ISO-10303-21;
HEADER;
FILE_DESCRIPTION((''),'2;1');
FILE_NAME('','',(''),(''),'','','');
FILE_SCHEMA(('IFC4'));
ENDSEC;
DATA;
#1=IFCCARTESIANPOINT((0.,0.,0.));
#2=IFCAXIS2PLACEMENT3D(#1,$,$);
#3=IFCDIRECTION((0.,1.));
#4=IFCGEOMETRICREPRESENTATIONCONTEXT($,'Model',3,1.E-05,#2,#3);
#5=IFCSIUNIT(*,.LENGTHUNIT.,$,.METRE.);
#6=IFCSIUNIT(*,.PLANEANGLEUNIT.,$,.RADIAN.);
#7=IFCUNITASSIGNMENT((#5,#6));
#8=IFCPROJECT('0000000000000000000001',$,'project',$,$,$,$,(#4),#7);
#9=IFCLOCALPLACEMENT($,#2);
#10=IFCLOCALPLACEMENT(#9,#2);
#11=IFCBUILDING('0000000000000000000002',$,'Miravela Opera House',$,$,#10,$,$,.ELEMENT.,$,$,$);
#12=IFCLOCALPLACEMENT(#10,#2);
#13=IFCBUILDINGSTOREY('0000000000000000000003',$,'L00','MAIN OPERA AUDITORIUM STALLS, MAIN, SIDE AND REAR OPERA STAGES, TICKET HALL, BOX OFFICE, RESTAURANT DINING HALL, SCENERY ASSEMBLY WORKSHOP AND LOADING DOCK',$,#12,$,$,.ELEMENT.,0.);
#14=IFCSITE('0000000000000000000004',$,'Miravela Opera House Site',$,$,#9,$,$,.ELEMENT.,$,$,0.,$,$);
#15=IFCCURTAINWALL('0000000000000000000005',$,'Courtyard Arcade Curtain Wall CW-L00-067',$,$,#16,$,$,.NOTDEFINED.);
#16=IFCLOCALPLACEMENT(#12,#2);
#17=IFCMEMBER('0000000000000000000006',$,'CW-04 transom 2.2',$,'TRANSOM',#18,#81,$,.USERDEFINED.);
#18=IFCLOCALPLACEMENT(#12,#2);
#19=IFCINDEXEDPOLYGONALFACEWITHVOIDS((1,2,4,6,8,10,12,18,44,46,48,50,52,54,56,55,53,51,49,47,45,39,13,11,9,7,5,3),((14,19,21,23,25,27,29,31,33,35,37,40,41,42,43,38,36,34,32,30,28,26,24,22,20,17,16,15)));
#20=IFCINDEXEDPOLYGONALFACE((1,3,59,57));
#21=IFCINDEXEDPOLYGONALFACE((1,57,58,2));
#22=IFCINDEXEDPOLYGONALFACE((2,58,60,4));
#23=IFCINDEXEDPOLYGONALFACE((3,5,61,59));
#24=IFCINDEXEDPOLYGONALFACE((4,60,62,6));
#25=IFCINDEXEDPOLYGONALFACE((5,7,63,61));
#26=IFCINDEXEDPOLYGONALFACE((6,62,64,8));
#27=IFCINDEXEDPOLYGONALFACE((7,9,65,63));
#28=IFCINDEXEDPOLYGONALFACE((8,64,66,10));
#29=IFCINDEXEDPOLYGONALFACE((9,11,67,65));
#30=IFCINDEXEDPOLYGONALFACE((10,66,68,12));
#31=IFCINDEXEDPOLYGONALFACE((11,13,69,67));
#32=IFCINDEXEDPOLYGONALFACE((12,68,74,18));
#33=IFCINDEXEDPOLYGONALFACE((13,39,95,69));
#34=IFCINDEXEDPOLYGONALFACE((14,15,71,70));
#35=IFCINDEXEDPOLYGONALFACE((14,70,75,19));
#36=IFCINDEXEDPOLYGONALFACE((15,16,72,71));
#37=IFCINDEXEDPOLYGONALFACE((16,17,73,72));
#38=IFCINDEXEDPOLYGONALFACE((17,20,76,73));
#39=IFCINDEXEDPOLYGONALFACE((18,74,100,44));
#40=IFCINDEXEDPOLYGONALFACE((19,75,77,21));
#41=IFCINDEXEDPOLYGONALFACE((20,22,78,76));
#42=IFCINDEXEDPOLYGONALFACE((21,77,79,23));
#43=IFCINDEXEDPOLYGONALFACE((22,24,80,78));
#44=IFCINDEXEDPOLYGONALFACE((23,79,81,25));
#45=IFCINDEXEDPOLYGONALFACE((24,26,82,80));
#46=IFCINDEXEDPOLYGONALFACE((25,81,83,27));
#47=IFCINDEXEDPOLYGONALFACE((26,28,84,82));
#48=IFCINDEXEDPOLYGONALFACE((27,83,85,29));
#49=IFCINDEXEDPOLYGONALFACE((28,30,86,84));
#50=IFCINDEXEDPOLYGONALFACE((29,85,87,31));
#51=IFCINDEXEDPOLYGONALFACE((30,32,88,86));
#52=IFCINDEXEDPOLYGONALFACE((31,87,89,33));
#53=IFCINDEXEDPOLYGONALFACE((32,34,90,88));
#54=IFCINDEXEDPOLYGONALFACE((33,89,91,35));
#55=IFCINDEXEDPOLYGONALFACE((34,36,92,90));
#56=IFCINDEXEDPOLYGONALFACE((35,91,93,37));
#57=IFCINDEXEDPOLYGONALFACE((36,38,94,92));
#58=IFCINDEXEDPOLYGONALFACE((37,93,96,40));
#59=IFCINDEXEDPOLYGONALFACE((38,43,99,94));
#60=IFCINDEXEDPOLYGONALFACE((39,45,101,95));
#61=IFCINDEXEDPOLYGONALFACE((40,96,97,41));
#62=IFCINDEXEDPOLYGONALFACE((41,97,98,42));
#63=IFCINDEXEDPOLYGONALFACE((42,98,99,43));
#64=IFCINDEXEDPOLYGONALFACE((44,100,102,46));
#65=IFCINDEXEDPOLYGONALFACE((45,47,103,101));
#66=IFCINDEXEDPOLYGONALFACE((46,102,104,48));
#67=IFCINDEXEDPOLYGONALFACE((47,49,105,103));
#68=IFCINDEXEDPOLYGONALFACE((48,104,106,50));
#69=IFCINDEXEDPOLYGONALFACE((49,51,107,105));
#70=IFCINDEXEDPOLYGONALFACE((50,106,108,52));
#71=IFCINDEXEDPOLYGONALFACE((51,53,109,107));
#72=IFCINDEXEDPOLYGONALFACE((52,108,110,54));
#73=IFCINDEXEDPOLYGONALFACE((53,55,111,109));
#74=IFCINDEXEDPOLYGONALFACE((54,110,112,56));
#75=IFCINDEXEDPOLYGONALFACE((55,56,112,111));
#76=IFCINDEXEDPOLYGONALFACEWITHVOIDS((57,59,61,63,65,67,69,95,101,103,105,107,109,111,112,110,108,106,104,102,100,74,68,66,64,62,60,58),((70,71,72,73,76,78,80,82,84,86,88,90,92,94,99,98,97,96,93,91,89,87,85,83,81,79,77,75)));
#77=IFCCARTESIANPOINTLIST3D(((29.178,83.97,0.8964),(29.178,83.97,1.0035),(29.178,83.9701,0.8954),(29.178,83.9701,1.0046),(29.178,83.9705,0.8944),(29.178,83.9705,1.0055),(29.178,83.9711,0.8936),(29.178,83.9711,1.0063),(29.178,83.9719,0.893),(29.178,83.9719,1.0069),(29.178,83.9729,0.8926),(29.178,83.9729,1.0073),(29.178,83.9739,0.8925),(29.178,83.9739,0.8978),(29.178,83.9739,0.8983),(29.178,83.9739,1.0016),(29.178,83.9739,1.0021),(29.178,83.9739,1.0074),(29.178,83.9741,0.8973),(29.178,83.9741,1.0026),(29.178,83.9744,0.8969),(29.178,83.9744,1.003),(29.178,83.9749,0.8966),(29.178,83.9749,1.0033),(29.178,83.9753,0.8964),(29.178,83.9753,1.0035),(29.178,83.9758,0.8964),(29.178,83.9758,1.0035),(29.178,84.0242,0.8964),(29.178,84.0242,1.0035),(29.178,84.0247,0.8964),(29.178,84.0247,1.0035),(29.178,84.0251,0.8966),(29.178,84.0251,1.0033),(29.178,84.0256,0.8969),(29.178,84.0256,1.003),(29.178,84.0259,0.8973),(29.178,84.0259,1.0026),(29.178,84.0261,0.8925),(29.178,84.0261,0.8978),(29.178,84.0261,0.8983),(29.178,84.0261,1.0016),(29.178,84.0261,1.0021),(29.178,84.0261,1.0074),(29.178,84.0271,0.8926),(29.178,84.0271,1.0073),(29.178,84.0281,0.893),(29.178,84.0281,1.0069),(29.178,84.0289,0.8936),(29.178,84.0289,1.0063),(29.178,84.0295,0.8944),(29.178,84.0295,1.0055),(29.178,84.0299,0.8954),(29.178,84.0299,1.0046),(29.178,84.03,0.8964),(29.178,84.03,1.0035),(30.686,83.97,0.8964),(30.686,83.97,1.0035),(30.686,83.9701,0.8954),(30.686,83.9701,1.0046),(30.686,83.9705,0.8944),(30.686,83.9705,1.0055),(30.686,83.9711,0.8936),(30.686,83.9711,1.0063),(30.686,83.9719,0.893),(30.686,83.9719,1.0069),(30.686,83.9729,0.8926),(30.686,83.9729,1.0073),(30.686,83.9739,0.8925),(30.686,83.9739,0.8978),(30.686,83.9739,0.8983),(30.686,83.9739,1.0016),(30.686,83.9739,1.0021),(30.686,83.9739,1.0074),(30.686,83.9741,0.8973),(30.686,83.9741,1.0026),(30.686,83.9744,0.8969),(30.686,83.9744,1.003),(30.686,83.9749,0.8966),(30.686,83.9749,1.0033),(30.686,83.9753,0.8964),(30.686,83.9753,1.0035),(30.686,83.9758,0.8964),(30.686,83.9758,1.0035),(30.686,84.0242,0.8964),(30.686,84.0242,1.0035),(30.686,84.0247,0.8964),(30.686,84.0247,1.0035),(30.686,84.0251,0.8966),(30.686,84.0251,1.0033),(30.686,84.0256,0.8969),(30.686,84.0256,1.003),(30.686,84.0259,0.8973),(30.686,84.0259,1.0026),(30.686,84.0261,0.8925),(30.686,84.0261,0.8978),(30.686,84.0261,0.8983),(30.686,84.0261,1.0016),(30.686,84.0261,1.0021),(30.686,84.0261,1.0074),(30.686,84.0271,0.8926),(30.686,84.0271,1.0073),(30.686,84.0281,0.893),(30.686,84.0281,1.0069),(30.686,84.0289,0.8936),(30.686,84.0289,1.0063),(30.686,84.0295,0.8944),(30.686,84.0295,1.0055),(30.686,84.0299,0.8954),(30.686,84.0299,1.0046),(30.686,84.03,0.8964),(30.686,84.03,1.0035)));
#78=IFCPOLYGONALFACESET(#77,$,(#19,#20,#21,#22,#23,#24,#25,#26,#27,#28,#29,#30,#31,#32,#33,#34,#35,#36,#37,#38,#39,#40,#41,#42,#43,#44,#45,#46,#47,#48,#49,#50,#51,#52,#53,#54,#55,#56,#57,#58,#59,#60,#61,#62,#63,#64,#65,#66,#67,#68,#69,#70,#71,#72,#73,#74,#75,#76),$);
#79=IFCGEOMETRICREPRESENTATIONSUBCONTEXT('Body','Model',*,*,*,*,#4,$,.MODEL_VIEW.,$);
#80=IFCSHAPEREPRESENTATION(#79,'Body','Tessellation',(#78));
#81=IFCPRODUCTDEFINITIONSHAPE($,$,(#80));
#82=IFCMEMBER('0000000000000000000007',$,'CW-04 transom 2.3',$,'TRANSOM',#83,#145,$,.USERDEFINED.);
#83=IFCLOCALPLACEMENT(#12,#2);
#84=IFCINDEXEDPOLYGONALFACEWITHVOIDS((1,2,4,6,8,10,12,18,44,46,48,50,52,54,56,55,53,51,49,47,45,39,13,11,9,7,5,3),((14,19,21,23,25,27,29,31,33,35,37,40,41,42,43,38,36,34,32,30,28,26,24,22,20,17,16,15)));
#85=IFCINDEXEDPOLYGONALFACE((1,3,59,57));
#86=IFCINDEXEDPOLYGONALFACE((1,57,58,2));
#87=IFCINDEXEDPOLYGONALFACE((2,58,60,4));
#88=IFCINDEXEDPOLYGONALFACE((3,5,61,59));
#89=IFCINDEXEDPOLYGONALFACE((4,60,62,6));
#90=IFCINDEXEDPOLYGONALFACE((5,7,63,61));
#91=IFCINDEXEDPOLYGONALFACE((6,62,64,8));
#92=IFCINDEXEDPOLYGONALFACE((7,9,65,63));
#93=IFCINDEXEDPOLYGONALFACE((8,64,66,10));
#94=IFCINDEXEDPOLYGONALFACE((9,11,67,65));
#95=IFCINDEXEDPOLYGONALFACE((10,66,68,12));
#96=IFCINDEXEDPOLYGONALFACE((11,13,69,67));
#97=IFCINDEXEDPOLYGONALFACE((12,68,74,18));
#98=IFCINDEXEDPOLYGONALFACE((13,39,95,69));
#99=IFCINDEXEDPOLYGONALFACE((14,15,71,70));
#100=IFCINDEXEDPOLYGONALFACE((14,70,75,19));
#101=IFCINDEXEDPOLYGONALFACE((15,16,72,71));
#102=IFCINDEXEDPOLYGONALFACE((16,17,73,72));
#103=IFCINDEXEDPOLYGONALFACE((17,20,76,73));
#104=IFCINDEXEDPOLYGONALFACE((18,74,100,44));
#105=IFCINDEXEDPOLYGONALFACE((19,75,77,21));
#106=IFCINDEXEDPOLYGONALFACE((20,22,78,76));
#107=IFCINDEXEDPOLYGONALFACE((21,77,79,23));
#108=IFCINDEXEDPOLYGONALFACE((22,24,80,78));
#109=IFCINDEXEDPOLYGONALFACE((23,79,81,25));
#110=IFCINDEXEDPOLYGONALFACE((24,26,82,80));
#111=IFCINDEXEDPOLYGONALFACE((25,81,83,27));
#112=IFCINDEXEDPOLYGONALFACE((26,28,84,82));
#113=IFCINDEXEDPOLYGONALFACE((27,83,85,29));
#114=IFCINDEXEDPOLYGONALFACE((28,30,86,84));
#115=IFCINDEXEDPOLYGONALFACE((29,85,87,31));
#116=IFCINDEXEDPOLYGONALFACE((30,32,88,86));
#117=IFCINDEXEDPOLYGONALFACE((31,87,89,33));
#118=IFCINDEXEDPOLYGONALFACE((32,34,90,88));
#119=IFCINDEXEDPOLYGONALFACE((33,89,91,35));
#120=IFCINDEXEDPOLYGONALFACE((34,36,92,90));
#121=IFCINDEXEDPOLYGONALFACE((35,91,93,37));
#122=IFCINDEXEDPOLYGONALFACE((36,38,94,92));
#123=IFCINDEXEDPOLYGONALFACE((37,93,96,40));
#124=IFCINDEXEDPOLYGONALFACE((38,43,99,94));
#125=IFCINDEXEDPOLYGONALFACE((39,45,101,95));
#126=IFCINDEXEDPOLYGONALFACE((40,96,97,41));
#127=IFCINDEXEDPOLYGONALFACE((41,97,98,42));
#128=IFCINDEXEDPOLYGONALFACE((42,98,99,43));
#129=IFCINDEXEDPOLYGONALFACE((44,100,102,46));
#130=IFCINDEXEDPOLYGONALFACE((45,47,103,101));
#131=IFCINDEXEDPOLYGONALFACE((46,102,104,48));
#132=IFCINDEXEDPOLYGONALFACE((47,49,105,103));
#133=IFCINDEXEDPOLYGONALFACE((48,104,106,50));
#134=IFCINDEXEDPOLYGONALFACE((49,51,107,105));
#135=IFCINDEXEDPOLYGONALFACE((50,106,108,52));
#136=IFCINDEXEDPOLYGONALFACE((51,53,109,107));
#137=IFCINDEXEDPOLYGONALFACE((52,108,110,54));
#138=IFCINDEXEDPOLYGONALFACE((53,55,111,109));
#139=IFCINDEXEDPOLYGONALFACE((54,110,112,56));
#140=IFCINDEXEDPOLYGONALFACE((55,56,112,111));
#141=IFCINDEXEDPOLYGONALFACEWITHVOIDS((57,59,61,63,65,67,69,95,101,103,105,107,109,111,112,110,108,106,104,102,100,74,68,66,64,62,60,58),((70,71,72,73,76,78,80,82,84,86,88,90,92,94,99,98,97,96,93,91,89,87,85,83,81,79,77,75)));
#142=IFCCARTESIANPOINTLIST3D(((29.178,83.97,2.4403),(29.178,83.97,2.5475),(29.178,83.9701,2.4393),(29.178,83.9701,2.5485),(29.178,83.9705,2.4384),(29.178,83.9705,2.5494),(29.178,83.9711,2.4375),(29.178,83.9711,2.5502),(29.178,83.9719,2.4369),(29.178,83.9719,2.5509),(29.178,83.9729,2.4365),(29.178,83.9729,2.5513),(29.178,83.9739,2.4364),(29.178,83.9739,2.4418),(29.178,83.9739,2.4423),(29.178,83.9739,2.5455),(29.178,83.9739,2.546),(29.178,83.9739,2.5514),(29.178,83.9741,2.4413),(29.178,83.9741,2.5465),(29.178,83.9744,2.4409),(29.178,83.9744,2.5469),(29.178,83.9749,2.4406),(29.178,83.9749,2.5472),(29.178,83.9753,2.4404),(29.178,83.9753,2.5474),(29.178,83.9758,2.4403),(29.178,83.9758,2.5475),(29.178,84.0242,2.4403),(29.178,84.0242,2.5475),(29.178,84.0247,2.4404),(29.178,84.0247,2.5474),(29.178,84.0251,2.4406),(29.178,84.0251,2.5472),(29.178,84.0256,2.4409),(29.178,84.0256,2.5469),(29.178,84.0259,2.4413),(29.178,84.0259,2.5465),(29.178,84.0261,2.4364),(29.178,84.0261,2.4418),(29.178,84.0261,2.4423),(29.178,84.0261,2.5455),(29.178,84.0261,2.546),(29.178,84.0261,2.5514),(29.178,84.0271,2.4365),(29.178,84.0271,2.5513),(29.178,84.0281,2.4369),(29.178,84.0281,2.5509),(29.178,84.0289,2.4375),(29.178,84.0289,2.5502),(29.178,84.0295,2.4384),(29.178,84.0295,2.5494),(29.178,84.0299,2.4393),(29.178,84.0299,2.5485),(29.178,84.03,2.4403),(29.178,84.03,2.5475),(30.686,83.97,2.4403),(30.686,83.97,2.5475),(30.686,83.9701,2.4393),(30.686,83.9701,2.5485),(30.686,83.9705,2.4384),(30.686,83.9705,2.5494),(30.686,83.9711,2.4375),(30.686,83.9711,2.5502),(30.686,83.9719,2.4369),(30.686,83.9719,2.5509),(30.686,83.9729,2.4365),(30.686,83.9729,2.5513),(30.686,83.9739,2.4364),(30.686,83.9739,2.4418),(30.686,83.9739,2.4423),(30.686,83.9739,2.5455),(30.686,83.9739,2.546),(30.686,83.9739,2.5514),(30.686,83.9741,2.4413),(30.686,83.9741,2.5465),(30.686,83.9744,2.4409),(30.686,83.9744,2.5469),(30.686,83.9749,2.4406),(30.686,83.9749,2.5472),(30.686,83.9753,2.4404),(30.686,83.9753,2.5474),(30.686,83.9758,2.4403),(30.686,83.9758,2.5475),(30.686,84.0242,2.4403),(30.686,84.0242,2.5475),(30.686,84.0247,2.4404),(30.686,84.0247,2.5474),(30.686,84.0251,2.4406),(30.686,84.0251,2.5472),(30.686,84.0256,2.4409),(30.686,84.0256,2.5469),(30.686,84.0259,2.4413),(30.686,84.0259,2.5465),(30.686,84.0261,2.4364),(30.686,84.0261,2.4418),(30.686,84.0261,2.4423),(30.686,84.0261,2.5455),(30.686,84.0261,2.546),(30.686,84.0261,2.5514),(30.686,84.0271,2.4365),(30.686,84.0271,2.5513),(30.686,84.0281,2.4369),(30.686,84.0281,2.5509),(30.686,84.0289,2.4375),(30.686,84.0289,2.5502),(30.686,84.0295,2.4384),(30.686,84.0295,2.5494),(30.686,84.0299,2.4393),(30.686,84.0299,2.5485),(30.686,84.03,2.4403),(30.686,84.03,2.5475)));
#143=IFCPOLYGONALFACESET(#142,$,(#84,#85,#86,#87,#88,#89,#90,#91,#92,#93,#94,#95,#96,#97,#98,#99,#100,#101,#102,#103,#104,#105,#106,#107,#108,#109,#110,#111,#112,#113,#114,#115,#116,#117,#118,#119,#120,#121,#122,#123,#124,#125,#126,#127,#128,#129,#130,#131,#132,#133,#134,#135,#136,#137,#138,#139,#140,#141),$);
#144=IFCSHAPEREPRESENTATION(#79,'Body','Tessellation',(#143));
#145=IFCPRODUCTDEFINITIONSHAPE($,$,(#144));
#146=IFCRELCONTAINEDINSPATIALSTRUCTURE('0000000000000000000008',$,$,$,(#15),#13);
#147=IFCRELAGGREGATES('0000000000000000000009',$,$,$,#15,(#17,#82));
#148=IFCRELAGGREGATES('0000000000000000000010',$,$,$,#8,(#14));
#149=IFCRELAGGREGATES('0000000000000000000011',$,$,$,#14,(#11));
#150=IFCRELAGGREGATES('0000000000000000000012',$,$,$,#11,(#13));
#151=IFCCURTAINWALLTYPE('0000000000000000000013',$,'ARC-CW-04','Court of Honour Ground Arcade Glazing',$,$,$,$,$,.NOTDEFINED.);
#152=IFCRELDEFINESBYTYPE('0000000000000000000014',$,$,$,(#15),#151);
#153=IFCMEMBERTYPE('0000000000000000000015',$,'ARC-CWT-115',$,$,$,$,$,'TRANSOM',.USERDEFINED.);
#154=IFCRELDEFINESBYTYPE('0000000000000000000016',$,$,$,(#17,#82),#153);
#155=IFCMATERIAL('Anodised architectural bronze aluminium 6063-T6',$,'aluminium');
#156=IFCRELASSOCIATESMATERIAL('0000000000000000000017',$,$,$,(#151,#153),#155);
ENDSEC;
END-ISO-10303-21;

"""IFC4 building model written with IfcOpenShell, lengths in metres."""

from ifc_helpers import new_model, si_unit, direction, frame, origin, origin_2d, place, context, subcontext, project, spatial, hollow_rectangle, extrude, material, material_profile, profile_set, type_object, element, aggregate, save


model = new_model("IFC4")

# Units and contexts
model_context = context("Model", 3, precision=1e-05, world=origin(), true_north=direction((0.0, 1.0)))
body_context = subcontext(model_context, "Body", "Model", "MODEL_VIEW")
ifc_project = project(units=[si_unit("LENGTHUNIT", "METRE"), si_unit("PLANEANGLEUNIT", "RADIAN")], contexts=[model_context])

# Site, building, storey
site_placement = place(None, origin())
site = spatial("IfcSite", under=ifc_project, at=site_placement, Name="Miravela Opera House Site", CompositionType="ELEMENT", RefElevation=0.0)
building_placement = place(site_placement, origin())
building = spatial("IfcBuilding", under=site, at=building_placement, Name="Miravela Opera House", CompositionType="ELEMENT")
storey_placement = place(building_placement, origin())
storey = spatial("IfcBuildingStorey", under=building, at=storey_placement, Name="L00", Description="MAIN OPERA AUDITORIUM STALLS, MAIN, SIDE AND REAR OPERA STAGES, TICKET HALL, BOX OFFICE, RESTAURANT DINING HALL, SCENERY ASSEMBLY WORKSHOP AND LOADING DOCK", CompositionType="ELEMENT", Elevation=0.0)

# Curtain wall, members
ifc_material_1 = material(Name="Anodised architectural bronze aluminium 6063-T6", Category="aluminium")
curtain_wall_type = type_object("IfcCurtainWallType", Name="ARC-CW-04", Description="Court of Honour Ground Arcade Glazing", PredefinedType="NOTDEFINED", material=ifc_material_1)
curtain_wall_placement = place(storey_placement, origin())
curtain_wall = element("IfcCurtainWall", 1, at=curtain_wall_placement, inside=storey, type_object=curtain_wall_type, Name="Courtyard Arcade Curtain Wall CW-L00-067", PredefinedType="NOTDEFINED")
ifc_material_profile_1 = material_profile(ifc_material_1, hollow_rectangle(XDim=0.0601, YDim=0.115, WallThickness=0.0039, InnerFilletRadius=0.002, OuterFilletRadius=0.0039, at=origin_2d()), Name="CWT-60X115")
ifc_profile_set_1 = profile_set([ifc_material_profile_1])
member_type_1 = type_object("IfcMemberType", Name="ARC-CWT-115", ElementType="TRANSOM", PredefinedType="USERDEFINED", material=ifc_profile_set_1)
member_1_placement = place(storey_placement, frame((29.178, 84.0, 0.95), z_axis=(1.0, 0.0, 0.0), x_axis=(0.0, 1.0, 0.0)))
member_1 = element("IfcMember", 2, at=member_1_placement, type_object=member_type_1, Name="CW-04 transom 2.2", ObjectType="TRANSOM", PredefinedType="USERDEFINED", context=body_context, shape_type="SweptSolid", body=[
    extrude(hollow_rectangle(XDim=0.0601, YDim=0.115, WallThickness=0.0039, InnerFilletRadius=0.002, OuterFilletRadius=0.0039, at=origin_2d()), origin(), (0.0, 0.0, 1.0), 1.5081),
])
member_2_placement = place(storey_placement, frame((29.178, 84.0, 2.4939), z_axis=(1.0, 0.0, 0.0), x_axis=(0.0, 1.0, 0.0)))
member_2 = element("IfcMember", 3, at=member_2_placement, type_object=member_type_1, Name="CW-04 transom 2.3", ObjectType="TRANSOM", PredefinedType="USERDEFINED", context=body_context, shape_type="SweptSolid", body=[
    extrude(hollow_rectangle(XDim=0.0601, YDim=0.115, WallThickness=0.0039, InnerFilletRadius=0.002, OuterFilletRadius=0.0039, at=origin_2d()), origin(), (0.0, 0.0, 1.0), 1.5081),
])

aggregate(curtain_wall, [member_1, member_2])

save(model, "model.ifc")
